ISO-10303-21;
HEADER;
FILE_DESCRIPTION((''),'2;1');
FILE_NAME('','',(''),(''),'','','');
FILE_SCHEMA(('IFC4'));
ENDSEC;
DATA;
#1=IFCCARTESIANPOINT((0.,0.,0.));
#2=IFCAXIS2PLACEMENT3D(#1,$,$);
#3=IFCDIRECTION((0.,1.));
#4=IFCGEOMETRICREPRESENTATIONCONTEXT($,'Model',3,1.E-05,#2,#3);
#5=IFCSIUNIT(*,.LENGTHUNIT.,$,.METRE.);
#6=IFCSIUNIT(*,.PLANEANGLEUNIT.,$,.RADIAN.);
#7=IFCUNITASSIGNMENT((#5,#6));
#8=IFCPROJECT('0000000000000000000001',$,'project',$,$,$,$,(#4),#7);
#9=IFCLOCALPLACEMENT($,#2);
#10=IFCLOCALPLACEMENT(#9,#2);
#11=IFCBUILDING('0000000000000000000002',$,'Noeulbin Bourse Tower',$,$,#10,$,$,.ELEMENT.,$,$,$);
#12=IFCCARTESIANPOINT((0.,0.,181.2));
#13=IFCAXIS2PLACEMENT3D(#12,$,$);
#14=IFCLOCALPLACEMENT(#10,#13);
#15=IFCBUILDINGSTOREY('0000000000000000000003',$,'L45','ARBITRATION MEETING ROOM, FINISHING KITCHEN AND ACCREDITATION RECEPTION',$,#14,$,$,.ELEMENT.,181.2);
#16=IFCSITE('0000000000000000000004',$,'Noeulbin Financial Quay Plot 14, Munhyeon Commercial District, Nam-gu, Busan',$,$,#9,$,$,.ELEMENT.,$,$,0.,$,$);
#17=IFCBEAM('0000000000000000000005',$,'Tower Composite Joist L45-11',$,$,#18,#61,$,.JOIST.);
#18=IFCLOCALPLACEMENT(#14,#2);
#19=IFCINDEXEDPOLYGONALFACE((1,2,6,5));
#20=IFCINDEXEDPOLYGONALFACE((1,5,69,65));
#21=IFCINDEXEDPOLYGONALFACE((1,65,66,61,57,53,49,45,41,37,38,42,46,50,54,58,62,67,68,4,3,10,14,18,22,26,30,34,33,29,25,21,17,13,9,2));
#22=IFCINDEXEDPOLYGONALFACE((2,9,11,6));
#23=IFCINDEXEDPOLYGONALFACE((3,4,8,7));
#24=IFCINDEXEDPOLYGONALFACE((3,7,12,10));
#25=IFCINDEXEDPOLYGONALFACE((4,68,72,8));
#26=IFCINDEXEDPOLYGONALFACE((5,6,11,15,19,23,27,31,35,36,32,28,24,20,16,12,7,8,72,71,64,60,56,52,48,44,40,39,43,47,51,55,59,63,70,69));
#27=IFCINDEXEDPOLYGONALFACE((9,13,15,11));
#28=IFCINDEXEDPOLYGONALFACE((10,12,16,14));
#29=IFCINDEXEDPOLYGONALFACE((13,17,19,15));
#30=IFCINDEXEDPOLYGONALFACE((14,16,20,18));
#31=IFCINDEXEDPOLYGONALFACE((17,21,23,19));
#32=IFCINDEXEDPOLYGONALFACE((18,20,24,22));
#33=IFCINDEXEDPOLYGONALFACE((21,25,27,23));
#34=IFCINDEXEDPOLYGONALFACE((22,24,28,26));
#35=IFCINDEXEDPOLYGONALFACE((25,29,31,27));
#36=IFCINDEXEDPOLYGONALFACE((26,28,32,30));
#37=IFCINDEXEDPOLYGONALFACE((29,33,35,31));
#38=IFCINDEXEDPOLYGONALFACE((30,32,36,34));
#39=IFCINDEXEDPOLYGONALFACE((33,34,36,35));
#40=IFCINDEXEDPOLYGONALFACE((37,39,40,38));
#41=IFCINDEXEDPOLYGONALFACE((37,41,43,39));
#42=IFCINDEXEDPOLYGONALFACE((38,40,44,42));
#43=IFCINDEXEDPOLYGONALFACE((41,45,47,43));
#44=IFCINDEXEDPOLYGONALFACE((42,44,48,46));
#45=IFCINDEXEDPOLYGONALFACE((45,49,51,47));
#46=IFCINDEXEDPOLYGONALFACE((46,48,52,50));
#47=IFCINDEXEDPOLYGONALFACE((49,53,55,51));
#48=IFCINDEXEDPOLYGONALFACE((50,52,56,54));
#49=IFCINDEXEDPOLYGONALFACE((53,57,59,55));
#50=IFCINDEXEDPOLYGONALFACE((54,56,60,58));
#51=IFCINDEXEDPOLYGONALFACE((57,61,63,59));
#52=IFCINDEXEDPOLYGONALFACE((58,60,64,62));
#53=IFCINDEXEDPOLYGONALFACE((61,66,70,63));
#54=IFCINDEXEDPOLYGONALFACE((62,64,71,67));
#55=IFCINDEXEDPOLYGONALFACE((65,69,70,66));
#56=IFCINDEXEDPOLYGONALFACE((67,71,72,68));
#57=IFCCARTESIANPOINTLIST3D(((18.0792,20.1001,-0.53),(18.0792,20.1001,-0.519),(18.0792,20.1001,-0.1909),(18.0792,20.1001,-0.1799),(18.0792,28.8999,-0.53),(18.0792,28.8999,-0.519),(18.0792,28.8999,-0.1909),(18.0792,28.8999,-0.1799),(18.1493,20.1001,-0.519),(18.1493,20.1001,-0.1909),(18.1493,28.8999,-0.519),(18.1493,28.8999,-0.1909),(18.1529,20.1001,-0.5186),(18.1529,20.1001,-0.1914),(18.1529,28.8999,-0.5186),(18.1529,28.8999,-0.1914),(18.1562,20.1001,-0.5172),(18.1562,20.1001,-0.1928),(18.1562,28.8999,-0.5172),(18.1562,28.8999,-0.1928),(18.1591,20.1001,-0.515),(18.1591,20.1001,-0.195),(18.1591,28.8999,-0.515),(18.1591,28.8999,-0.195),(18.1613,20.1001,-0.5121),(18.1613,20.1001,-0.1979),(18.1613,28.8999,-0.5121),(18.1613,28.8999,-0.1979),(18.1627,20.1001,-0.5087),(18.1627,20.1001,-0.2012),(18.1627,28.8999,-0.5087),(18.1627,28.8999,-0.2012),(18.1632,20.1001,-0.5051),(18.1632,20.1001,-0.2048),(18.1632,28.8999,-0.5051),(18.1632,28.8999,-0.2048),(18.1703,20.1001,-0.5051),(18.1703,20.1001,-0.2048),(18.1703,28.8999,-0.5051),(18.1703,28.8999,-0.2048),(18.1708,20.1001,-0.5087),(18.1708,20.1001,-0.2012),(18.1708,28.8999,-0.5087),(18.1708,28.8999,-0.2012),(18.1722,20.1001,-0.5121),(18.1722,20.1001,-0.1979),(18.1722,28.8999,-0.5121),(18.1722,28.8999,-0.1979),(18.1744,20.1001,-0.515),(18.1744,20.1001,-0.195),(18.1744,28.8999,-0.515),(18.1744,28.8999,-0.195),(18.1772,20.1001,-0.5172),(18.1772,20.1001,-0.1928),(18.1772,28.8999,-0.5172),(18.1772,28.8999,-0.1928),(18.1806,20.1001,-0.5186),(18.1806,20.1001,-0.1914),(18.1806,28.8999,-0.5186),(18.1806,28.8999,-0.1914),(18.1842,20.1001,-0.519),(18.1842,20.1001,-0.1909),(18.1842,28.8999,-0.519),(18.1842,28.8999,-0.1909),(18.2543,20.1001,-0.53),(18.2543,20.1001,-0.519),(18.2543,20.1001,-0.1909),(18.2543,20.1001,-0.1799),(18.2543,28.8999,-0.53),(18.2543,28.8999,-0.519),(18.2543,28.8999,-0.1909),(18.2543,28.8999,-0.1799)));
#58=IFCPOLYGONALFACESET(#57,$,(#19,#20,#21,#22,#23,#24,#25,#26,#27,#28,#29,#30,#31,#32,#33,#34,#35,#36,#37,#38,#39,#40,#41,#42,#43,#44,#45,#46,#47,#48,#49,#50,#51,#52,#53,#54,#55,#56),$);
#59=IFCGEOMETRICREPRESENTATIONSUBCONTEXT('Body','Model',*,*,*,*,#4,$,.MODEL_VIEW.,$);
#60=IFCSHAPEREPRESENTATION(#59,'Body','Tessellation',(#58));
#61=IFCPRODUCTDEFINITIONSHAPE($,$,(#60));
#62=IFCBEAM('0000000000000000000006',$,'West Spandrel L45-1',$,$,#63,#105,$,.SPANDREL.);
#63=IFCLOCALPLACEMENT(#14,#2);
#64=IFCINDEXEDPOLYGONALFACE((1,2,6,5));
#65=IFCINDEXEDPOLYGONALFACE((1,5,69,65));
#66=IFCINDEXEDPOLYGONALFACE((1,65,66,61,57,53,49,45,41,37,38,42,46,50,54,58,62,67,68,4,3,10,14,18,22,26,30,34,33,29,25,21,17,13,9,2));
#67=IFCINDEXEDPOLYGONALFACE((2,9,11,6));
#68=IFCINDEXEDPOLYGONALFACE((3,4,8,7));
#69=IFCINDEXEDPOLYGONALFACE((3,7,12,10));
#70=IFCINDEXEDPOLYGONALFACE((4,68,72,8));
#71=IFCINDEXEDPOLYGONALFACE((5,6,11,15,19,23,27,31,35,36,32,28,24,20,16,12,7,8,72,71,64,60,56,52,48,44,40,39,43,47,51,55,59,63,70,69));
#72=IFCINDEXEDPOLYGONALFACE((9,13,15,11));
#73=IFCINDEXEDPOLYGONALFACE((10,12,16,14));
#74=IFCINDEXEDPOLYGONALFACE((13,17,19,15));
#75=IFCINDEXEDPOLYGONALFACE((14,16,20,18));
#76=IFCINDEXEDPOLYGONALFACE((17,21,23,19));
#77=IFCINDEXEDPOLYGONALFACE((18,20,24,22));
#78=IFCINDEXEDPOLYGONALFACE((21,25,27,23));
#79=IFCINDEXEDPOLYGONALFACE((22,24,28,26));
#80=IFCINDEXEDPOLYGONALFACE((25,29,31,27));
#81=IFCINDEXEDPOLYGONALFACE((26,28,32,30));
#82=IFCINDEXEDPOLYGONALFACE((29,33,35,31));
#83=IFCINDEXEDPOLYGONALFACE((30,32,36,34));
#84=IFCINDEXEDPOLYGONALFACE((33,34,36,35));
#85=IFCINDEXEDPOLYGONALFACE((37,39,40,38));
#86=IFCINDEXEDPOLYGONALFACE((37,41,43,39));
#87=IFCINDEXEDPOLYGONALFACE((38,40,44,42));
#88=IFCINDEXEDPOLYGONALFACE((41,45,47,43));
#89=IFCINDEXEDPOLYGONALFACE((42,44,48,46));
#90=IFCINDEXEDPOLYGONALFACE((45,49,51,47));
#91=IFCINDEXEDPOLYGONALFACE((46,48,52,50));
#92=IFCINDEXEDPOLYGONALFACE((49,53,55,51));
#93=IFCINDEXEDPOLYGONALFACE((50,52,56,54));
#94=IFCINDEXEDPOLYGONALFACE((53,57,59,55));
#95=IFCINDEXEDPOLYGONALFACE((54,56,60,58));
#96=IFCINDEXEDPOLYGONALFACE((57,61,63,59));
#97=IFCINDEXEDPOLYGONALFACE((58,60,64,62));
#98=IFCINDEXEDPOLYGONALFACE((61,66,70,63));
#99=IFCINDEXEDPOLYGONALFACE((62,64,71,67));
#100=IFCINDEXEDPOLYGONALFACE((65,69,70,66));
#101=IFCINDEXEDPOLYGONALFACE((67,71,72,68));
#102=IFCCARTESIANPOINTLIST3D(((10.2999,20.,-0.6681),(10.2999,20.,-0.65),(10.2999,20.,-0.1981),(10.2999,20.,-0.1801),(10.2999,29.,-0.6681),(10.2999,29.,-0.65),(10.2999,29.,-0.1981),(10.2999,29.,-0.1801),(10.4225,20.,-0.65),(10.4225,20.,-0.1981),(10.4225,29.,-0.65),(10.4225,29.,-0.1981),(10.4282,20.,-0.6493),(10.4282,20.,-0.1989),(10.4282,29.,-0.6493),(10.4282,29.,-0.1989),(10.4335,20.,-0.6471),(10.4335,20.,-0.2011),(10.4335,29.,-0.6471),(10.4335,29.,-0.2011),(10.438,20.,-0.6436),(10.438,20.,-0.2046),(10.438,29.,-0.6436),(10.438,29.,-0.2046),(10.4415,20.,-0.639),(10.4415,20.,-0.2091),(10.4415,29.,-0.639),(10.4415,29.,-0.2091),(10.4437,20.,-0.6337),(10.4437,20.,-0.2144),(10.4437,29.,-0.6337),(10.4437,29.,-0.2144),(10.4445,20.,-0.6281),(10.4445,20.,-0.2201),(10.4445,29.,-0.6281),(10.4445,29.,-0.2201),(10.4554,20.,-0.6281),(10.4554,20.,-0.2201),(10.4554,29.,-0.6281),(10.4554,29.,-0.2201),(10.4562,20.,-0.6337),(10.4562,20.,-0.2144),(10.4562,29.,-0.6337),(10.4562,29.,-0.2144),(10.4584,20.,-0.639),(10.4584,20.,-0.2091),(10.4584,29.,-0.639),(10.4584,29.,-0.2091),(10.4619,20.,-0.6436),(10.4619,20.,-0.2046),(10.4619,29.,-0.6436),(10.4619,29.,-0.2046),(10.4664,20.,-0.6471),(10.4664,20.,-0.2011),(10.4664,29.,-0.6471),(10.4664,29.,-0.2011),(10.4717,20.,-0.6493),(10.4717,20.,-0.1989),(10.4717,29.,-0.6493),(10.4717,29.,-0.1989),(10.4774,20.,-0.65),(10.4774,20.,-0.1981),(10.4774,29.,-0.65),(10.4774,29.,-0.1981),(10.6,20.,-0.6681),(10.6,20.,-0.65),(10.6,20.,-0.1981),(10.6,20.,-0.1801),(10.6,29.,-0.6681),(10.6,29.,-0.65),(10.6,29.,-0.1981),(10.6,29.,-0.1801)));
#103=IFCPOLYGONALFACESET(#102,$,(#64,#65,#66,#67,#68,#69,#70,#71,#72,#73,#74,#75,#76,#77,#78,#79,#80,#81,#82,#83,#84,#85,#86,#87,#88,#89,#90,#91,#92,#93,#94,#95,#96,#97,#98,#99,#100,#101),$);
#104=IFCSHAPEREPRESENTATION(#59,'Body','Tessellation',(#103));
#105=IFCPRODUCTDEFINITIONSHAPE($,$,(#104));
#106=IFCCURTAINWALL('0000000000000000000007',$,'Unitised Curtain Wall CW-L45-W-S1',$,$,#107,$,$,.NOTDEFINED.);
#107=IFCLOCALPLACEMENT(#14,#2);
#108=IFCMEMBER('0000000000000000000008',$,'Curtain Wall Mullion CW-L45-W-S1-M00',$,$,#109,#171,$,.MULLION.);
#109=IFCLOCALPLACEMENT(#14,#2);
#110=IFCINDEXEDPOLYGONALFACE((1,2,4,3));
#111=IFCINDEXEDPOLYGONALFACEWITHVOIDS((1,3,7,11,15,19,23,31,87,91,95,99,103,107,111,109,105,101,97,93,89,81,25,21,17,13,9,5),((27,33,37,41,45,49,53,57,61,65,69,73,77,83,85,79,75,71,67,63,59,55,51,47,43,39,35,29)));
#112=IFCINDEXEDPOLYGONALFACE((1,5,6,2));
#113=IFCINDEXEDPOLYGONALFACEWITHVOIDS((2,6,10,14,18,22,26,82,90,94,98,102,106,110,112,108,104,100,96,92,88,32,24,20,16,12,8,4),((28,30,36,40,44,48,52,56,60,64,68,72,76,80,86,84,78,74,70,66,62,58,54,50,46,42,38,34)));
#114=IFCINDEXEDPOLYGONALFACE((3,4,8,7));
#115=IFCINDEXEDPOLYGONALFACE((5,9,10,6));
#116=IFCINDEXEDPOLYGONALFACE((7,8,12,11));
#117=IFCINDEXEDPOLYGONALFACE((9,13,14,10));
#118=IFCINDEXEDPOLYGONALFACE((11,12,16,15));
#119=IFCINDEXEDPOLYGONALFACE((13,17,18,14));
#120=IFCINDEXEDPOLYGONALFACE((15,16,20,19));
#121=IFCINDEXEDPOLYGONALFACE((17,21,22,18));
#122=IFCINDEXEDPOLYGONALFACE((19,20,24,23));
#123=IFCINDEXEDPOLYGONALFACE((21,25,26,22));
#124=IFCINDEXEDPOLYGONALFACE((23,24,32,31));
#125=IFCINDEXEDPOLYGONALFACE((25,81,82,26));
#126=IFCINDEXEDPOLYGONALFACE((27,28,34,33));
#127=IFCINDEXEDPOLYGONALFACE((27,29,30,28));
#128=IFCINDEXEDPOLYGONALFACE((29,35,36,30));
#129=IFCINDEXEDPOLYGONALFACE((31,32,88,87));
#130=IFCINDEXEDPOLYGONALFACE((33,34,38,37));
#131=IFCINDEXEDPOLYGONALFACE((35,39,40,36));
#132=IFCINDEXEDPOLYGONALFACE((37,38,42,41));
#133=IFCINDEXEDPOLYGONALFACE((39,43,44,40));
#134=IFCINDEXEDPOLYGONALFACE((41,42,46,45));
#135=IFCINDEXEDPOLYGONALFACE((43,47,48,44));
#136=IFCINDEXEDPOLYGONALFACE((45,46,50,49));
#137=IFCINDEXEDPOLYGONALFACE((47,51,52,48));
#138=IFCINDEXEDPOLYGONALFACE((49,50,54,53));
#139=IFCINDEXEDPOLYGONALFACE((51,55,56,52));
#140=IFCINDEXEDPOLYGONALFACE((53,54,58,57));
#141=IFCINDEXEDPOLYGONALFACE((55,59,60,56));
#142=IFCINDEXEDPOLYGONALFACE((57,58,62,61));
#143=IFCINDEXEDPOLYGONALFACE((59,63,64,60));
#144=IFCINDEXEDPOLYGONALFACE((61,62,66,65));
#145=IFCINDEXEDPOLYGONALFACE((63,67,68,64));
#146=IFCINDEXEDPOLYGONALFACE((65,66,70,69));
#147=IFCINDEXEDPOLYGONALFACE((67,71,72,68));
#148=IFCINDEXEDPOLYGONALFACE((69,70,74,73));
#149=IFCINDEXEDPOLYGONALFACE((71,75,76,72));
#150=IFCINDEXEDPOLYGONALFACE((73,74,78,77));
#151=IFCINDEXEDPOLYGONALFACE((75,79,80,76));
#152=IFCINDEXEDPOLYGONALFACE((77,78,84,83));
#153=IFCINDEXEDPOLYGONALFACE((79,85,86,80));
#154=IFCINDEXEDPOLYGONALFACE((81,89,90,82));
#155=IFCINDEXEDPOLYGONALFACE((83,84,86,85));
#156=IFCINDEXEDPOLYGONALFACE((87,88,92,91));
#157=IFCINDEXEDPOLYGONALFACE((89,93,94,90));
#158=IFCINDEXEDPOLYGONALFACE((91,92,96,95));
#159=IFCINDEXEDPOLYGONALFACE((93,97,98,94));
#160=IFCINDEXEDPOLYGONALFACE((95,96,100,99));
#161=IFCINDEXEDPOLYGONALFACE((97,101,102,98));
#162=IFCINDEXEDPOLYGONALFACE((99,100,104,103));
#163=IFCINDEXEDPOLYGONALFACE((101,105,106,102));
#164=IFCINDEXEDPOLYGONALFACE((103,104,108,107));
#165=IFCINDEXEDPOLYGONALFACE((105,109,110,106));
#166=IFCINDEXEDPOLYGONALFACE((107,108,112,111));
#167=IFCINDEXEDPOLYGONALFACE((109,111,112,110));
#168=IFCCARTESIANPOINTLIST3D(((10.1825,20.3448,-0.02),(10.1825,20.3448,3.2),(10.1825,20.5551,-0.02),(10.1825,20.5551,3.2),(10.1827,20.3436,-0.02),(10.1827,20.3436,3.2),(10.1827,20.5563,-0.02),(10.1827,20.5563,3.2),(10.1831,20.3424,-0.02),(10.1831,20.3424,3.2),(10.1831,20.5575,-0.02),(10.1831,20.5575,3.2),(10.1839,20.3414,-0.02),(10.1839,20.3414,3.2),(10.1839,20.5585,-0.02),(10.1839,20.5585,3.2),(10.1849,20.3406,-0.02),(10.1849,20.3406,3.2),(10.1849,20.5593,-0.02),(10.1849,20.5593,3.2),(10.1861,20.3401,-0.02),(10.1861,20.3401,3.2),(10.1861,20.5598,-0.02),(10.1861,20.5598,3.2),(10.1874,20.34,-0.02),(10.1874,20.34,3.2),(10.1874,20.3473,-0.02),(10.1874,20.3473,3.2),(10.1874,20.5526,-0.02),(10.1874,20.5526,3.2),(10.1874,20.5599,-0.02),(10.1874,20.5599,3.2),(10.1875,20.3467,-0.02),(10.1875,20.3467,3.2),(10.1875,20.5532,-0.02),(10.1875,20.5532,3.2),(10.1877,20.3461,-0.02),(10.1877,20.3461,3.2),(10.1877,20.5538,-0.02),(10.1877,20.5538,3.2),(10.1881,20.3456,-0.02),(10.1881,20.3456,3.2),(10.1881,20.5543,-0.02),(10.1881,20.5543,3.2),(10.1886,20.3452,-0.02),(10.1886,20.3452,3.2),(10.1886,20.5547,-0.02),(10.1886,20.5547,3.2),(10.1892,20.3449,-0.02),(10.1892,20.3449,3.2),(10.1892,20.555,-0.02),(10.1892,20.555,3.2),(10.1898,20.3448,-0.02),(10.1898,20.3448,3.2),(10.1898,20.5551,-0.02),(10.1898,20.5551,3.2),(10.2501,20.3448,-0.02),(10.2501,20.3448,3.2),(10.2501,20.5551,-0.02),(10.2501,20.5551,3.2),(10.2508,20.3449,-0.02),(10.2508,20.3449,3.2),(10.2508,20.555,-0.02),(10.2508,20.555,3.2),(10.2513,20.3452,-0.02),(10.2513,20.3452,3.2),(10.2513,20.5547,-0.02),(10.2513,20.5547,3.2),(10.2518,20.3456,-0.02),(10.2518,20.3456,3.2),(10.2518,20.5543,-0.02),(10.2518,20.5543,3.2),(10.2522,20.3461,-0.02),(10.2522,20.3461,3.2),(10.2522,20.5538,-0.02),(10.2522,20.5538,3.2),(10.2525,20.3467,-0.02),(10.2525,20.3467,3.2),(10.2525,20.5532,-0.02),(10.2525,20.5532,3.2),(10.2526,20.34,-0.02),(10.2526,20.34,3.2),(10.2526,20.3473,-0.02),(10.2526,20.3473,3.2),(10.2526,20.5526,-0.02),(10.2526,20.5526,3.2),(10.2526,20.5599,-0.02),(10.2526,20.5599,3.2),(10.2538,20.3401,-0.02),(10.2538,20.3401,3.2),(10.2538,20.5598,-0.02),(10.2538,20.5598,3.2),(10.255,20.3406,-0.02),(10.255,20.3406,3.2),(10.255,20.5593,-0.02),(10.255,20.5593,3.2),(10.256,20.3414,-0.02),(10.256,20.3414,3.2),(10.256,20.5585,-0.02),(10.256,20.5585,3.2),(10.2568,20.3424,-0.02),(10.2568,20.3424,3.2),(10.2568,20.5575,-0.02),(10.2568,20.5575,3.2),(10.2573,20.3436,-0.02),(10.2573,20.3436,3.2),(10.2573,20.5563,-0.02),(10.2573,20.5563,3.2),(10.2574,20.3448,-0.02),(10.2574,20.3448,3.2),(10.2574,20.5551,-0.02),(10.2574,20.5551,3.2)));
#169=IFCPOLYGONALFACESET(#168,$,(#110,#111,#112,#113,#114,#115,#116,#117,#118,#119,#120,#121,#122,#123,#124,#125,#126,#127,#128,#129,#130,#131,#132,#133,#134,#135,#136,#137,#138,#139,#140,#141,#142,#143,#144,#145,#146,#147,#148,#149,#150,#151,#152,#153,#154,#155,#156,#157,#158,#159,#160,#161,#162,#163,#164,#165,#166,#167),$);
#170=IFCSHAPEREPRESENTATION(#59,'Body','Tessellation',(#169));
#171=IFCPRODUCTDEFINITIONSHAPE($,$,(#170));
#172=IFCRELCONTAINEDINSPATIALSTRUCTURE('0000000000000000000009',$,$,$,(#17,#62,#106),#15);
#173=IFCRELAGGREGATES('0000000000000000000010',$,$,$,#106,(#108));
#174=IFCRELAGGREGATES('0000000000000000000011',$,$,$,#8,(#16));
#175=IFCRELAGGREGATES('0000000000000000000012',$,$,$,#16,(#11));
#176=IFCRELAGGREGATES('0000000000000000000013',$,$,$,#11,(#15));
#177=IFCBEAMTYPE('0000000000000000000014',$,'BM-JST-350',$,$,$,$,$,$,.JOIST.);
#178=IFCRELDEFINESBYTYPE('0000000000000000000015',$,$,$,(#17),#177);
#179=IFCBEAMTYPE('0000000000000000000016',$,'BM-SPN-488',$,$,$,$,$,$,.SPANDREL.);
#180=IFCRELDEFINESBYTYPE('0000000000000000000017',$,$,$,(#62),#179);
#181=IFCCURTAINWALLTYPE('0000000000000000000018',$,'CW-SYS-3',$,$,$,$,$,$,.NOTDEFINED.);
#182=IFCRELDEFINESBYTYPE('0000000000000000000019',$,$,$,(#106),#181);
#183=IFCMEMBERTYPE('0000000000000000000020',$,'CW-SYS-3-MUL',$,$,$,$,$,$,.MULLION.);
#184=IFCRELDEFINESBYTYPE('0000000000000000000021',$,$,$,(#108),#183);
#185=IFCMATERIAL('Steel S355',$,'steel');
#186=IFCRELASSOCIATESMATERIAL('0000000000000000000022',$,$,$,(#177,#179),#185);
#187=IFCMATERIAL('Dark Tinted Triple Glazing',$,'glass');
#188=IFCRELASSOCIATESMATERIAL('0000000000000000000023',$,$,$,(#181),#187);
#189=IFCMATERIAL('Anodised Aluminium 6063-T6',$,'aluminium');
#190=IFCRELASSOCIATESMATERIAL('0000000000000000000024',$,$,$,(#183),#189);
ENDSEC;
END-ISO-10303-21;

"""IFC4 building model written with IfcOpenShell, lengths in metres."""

from ifc_helpers import new_model, si_unit, direction, frame, origin, origin_2d, place, context, subcontext, project, spatial, hollow_rectangle, i_section, extrude, material, material_profile, profile_set, type_object, element, aggregate, save


model = new_model("IFC4")

# Units and contexts
model_context = context("Model", 3, precision=1e-05, world=origin(), true_north=direction((0.0, 1.0)))
body_context = subcontext(model_context, "Body", "Model", "MODEL_VIEW")
ifc_project = project(units=[si_unit("LENGTHUNIT", "METRE"), si_unit("PLANEANGLEUNIT", "RADIAN")], contexts=[model_context])

# Site, building, storey
site_placement = place(None, origin())
site = spatial("IfcSite", under=ifc_project, at=site_placement, Name="Noeulbin Financial Quay Plot 14, Munhyeon Commercial District, Nam-gu, Busan", CompositionType="ELEMENT", RefElevation=0.0)
building_placement = place(site_placement, origin())
building = spatial("IfcBuilding", under=site, at=building_placement, Name="Noeulbin Bourse Tower", CompositionType="ELEMENT")
storey_placement = place(building_placement, frame((0.0, 0.0, 181.2)))
storey = spatial("IfcBuildingStorey", under=building, at=storey_placement, Name="L45", Description="ARBITRATION MEETING ROOM, FINISHING KITCHEN AND ACCREDITATION RECEPTION", CompositionType="ELEMENT", Elevation=181.2)

# Shared definitions
ifc_material_1 = material(Name="Steel S355", Category="steel")

# Beams
ifc_material_profile_1 = material_profile(ifc_material_1, i_section(OverallWidth=0.175, OverallDepth=0.3501, WebThickness=0.0071, FlangeThickness=0.011, FilletRadius=0.0139, at=origin_2d()), Name="H-350x175x7x11", Category="LoadBearing")
ifc_profile_set_1 = profile_set([ifc_material_profile_1], Name="Steel S355")
beam_type_1 = type_object("IfcBeamType", Name="BM-JST-350", PredefinedType="JOIST", material=ifc_profile_set_1)
for number, where, z_axis, x_axis, name in (
    (1, (18.1667, 20.1001, -0.355), (0.0, 1.0, 0.0), (-1.0, 0.0, 0.0), "Tower Composite Joist L45-11"),
):
    element("IfcBeam", number, at=place(storey_placement, frame(where, z_axis=z_axis, x_axis=x_axis)), inside=storey, type_object=beam_type_1, Name=name, PredefinedType="JOIST", context=body_context, shape_type="SweptSolid", body=[
        extrude(i_section(OverallWidth=0.175, OverallDepth=0.3501, WebThickness=0.0071, FlangeThickness=0.011, FilletRadius=0.0139, at=origin_2d()), origin(), (0.0, 0.0, 1.0), 8.7998),
    ])
ifc_material_profile_2 = material_profile(ifc_material_1, i_section(OverallWidth=0.3, OverallDepth=0.488, WebThickness=0.011, FlangeThickness=0.0181, FilletRadius=0.022, at=origin_2d()), Name="H-488x300x11x18", Category="LoadBearing")
ifc_profile_set_2 = profile_set([ifc_material_profile_2], Name="Steel S355")
beam_type_2 = type_object("IfcBeamType", Name="BM-SPN-488", PredefinedType="SPANDREL", material=ifc_profile_set_2)
beam_1_placement = place(storey_placement, frame((10.45, 20.0, -0.4241), z_axis=(0.0, 1.0, 0.0), x_axis=(-1.0, 0.0, 0.0)))
element("IfcBeam", 2, at=beam_1_placement, inside=storey, type_object=beam_type_2, Name="West Spandrel L45-1", PredefinedType="SPANDREL", context=body_context, shape_type="SweptSolid", body=[
    extrude(i_section(OverallWidth=0.3, OverallDepth=0.488, WebThickness=0.011, FlangeThickness=0.0181, FilletRadius=0.022, at=origin_2d()), origin(), (0.0, 0.0, 1.0), 9.0),
])

# Curtain wall, member
ifc_material_2 = material(Name="Dark Tinted Triple Glazing", Category="glass")
curtain_wall_type = type_object("IfcCurtainWallType", Name="CW-SYS-3", PredefinedType="NOTDEFINED", material=ifc_material_2)
curtain_wall_placement = place(storey_placement, origin())
curtain_wall = element("IfcCurtainWall", 3, at=curtain_wall_placement, inside=storey, type_object=curtain_wall_type, Name="Unitised Curtain Wall CW-L45-W-S1", PredefinedType="NOTDEFINED")
ifc_material_3 = material(Name="Anodised Aluminium 6063-T6", Category="aluminium")
ifc_material_profile_3 = material_profile(ifc_material_3, hollow_rectangle(XDim=0.075, YDim=0.22, WallThickness=0.0049, InnerFilletRadius=0.0024, OuterFilletRadius=0.0049, at=origin_2d()), Name="ALU-MULL-75x220x5", Category="LoadBearing")
ifc_profile_set_3 = profile_set([ifc_material_profile_3], Name="Anodised Aluminium 6063-T6")
member_type_1 = type_object("IfcMemberType", Name="CW-SYS-3-MUL", PredefinedType="MULLION", material=ifc_profile_set_3)
member_1_placement = place(storey_placement, frame((10.22, 20.45, -0.02), z_axis=(0.0, 0.0, 1.0), x_axis=(1.0, 0.0, 0.0)))
member_1 = element("IfcMember", 4, at=member_1_placement, type_object=member_type_1, Name="Curtain Wall Mullion CW-L45-W-S1-M00", PredefinedType="MULLION", context=body_context, shape_type="SweptSolid", body=[
    extrude(hollow_rectangle(XDim=0.075, YDim=0.22, WallThickness=0.0049, InnerFilletRadius=0.0024, OuterFilletRadius=0.0049, at=origin_2d()), origin(), (0.0, 0.0, 1.0), 3.22),
])
aggregate(curtain_wall, [member_1])

save(model, "model.ifc")
